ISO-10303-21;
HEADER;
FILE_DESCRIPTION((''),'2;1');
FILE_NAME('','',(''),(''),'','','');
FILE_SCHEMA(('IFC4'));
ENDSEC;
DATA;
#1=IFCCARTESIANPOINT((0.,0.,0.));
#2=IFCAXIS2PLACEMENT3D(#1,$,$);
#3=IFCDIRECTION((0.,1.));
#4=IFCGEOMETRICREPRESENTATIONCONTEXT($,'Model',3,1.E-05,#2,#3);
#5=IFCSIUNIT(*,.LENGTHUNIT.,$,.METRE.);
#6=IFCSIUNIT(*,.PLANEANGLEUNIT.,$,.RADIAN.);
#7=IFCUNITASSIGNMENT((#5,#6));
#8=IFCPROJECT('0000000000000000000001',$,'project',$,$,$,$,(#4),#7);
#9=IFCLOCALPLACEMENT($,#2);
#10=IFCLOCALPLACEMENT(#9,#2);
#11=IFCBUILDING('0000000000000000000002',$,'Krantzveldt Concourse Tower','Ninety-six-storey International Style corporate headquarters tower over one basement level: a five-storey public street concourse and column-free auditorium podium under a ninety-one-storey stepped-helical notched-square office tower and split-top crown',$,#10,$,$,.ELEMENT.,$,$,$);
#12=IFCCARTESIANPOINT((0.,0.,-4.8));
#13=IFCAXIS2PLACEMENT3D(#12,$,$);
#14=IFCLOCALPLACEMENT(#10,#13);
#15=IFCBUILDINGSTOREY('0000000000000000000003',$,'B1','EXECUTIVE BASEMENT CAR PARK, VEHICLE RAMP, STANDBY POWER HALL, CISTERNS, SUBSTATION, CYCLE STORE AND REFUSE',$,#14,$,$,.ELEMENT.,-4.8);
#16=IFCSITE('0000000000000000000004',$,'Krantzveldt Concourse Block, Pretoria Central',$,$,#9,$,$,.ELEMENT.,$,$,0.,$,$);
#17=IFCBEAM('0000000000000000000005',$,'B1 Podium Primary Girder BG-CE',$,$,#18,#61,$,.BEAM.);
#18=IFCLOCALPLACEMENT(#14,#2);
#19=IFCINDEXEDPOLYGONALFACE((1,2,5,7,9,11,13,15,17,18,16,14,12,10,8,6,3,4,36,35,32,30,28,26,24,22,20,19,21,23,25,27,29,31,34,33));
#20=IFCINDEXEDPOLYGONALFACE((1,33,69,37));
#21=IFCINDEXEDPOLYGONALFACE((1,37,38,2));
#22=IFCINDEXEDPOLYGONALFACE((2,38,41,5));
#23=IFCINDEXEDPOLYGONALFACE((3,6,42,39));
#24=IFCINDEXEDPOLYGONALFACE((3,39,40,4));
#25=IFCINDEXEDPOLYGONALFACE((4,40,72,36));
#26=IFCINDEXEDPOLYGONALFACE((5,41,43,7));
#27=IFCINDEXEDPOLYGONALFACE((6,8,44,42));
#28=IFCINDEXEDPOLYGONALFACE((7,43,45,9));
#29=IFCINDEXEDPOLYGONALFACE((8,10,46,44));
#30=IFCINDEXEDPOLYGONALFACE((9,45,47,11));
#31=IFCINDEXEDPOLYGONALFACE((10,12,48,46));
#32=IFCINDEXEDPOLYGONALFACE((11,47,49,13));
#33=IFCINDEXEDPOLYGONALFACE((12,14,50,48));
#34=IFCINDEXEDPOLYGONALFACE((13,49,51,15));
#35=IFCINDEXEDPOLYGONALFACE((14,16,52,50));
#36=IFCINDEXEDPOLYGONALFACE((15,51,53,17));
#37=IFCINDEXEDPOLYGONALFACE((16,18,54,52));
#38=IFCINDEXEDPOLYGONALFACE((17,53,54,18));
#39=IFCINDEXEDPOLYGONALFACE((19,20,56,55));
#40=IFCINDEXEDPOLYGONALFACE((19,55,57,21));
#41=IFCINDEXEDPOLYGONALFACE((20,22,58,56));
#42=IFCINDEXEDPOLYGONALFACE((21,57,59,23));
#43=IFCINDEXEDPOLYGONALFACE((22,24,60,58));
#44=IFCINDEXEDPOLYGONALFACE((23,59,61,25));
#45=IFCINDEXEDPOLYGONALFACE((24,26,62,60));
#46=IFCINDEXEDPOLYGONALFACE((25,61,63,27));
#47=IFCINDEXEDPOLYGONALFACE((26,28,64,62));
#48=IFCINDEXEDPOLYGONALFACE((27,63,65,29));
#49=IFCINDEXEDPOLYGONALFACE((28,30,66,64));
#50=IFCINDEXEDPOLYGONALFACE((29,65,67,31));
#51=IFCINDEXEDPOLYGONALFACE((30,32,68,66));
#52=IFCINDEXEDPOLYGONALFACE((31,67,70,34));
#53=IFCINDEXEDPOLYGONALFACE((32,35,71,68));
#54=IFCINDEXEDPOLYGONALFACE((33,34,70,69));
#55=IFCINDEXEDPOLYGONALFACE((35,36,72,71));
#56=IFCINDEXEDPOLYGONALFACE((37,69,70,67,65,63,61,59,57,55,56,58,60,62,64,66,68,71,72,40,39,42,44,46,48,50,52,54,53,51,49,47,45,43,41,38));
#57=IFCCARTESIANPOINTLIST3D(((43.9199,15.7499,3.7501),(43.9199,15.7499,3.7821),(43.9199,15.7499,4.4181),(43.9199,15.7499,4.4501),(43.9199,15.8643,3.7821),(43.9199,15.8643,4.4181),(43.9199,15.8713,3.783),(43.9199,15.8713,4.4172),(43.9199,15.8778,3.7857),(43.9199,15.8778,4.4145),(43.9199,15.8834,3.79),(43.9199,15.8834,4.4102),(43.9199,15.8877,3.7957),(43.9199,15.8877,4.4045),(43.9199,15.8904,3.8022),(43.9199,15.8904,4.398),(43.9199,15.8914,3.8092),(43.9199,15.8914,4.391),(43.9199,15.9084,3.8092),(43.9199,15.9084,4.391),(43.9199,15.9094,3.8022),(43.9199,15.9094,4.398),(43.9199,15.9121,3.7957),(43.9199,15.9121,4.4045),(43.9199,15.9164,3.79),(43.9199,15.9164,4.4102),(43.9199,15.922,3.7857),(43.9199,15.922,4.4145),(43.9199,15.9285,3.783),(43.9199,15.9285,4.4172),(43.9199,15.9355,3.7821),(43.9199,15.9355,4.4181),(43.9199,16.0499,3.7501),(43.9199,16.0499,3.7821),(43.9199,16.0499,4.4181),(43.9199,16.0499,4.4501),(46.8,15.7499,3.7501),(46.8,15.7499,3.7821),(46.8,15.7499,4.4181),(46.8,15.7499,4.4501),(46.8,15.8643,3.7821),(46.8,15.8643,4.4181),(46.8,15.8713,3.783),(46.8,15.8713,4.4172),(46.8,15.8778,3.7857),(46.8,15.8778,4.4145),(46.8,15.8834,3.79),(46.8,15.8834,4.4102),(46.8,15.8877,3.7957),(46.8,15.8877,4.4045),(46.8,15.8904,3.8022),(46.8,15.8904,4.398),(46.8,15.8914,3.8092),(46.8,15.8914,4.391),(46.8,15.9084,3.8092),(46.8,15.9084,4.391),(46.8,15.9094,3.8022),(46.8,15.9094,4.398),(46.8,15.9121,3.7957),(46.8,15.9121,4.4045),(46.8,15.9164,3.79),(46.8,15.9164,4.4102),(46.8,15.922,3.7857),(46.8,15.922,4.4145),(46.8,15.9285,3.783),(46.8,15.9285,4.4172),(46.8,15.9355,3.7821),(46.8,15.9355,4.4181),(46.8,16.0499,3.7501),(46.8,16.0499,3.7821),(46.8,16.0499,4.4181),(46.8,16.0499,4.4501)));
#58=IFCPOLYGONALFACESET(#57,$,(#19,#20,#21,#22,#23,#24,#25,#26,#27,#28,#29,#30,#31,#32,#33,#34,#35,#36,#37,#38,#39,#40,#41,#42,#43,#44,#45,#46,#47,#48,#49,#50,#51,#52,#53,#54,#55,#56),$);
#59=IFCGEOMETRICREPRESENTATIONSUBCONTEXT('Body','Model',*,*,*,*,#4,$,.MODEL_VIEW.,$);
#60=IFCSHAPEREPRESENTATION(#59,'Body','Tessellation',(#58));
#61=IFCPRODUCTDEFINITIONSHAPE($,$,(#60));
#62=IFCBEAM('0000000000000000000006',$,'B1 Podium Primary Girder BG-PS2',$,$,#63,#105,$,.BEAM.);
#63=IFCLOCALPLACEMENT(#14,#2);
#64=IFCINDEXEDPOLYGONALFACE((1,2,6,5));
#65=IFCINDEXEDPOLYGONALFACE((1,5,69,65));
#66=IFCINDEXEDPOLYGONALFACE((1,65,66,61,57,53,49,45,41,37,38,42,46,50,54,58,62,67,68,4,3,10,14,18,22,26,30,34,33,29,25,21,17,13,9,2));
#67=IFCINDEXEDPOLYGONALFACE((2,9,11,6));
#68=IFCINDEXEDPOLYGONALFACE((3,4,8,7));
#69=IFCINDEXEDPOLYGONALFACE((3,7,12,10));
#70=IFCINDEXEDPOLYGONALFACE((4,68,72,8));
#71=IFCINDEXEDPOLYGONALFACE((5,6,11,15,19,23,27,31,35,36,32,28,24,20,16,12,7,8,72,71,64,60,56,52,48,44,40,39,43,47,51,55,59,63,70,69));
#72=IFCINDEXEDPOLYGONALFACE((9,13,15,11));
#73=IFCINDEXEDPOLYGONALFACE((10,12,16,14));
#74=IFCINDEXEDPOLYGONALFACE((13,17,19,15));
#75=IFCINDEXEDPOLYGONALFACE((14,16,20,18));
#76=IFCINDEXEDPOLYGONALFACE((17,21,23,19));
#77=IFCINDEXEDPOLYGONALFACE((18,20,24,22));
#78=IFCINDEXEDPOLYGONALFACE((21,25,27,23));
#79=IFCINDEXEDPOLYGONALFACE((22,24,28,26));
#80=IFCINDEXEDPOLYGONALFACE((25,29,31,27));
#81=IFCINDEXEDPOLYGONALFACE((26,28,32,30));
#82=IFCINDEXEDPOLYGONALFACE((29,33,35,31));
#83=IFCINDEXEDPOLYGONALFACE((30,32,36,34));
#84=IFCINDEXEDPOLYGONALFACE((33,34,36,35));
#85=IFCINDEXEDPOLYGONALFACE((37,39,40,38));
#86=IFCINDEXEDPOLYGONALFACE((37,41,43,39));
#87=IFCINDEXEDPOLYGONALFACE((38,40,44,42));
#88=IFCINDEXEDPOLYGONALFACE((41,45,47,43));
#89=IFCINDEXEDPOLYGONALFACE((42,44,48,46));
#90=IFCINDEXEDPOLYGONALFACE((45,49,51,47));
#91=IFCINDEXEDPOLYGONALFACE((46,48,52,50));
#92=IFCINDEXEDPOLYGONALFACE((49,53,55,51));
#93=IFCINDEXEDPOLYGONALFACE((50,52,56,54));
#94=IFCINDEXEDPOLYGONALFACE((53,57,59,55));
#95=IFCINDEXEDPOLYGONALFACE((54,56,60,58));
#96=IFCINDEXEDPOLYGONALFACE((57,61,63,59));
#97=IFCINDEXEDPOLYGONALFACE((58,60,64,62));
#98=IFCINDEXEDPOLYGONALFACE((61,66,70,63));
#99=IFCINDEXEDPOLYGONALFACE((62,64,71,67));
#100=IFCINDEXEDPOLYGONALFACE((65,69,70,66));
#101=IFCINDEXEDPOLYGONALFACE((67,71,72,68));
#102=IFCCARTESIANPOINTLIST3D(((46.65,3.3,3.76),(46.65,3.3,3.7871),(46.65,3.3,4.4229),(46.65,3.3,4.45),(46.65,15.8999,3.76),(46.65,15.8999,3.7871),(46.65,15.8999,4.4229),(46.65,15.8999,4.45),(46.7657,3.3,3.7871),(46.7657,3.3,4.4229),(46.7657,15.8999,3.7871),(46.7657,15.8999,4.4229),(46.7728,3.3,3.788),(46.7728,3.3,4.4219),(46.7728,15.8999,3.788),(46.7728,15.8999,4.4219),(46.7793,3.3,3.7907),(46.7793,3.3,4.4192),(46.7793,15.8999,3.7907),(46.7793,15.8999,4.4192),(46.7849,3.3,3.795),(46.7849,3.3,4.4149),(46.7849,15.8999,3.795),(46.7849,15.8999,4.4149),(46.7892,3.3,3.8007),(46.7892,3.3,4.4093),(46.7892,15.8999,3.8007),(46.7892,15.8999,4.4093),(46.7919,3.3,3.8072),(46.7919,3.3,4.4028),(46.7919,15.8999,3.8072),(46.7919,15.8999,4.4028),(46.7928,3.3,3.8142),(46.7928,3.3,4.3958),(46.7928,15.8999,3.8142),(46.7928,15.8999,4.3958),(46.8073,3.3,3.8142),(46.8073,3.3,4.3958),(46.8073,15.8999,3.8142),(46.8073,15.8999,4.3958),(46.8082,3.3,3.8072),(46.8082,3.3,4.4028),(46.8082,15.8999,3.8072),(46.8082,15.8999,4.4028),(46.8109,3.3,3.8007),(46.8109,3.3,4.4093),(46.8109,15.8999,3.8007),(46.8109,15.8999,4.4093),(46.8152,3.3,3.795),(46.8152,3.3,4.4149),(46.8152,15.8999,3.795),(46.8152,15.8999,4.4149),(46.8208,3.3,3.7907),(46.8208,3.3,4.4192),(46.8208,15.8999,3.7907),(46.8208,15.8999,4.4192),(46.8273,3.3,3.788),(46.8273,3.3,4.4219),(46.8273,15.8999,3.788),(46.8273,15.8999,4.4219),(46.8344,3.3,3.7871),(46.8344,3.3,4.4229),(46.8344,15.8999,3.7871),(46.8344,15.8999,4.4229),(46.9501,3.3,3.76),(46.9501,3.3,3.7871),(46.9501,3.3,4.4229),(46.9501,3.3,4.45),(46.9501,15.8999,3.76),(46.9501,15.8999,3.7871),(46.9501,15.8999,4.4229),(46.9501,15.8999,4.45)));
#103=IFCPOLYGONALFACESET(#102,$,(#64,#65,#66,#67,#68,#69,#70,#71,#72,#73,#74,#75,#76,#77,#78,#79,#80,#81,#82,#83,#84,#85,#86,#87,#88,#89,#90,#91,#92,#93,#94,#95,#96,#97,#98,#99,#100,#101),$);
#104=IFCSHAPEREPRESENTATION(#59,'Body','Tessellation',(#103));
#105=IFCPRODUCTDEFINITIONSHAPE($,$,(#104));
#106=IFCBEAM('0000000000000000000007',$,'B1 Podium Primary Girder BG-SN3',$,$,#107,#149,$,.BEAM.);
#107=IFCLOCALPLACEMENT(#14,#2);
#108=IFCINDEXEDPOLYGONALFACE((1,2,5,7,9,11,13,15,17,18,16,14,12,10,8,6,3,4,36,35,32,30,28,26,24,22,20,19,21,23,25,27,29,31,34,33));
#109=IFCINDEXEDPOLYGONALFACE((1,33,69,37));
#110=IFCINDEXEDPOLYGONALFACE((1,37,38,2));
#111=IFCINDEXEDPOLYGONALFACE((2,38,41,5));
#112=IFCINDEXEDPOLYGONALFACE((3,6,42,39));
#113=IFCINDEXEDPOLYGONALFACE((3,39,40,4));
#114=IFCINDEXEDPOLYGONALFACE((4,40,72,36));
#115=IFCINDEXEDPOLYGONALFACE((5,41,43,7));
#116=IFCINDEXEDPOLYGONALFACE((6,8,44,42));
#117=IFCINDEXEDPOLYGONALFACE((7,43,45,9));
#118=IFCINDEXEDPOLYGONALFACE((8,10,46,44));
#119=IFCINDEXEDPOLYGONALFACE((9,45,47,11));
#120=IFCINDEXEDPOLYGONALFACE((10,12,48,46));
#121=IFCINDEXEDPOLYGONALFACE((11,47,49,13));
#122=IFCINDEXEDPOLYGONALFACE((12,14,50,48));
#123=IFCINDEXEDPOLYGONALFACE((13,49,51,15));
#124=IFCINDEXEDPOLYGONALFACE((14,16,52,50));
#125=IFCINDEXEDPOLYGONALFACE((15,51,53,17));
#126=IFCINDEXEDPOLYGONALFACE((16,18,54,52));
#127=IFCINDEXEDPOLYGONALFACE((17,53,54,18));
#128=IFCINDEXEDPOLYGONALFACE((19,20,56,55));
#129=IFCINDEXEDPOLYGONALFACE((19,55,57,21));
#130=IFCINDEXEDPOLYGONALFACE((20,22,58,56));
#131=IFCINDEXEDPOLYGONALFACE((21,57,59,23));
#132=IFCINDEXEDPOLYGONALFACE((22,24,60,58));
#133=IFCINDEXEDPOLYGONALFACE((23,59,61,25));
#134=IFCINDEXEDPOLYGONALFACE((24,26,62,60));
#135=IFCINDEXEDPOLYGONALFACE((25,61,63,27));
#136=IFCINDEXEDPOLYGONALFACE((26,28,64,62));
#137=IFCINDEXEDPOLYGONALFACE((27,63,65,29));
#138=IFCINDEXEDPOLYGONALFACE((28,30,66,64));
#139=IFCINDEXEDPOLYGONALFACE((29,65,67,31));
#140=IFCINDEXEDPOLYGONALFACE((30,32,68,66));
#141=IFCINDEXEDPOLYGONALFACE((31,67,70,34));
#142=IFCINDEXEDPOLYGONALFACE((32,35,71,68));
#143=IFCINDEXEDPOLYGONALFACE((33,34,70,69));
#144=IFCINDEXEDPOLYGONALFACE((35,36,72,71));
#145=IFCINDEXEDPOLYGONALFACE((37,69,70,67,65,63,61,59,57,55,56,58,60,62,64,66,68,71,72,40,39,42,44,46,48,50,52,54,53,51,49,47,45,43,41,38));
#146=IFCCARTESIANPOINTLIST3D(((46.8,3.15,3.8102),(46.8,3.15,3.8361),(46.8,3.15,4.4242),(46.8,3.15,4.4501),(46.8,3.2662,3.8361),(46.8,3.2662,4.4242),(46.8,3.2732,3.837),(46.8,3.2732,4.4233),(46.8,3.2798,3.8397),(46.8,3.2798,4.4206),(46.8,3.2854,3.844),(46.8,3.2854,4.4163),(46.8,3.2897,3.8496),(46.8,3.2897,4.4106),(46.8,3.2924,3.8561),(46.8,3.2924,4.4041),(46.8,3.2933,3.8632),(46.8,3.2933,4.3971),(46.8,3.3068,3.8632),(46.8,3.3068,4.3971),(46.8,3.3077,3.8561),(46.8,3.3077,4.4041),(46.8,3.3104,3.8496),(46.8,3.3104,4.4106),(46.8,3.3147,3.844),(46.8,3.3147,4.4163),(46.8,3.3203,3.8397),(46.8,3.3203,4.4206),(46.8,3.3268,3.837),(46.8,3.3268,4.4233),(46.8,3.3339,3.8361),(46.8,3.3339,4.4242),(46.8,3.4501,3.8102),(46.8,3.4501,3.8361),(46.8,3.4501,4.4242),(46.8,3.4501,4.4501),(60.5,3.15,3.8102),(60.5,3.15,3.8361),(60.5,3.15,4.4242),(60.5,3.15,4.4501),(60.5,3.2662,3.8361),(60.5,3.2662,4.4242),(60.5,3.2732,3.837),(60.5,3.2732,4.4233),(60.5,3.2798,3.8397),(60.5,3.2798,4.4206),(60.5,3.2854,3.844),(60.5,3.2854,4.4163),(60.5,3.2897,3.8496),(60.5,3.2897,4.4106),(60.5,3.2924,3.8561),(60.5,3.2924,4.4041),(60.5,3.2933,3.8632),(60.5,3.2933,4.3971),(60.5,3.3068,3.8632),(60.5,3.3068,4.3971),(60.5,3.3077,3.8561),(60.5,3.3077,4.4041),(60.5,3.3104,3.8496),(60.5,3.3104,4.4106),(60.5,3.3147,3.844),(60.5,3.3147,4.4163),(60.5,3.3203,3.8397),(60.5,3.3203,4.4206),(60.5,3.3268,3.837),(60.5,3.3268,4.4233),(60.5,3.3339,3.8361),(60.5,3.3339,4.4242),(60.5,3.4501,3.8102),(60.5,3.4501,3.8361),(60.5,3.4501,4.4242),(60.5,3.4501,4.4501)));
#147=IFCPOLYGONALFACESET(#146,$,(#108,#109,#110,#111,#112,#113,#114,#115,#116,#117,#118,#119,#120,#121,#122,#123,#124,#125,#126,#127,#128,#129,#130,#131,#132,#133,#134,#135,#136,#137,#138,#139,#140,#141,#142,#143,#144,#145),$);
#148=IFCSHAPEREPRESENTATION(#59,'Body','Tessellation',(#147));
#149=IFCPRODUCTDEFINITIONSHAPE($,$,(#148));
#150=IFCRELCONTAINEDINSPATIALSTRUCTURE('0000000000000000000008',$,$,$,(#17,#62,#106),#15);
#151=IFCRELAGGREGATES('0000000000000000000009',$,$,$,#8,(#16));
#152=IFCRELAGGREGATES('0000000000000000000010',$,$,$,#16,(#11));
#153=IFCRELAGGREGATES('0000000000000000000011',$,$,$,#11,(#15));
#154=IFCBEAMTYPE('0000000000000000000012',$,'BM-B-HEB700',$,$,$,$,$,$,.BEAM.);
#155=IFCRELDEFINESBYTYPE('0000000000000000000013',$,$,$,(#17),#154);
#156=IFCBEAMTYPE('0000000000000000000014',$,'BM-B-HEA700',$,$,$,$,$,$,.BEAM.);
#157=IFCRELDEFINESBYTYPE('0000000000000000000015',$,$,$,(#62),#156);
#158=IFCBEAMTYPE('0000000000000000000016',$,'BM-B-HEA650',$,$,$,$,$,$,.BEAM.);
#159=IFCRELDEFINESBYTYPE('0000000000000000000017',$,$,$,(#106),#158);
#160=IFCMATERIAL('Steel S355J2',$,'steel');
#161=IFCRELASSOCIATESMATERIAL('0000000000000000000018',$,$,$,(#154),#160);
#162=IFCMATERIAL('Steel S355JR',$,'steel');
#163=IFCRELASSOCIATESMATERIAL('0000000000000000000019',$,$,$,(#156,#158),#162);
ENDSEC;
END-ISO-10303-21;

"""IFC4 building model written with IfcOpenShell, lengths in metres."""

from ifc_helpers import new_model, si_unit, direction, frame, origin, origin_2d, place, context, subcontext, project, spatial, i_section, extrude, source, transform, mapped, material, material_profile, profile_set, type_object, type_shapes, element, save


model = new_model("IFC4")

# Units and contexts
model_context = context("Model", 3, precision=1e-05, world=origin(), true_north=direction((0.0, 1.0)))
body_context = subcontext(model_context, "Body", "Model", "MODEL_VIEW")
ifc_project = project(units=[si_unit("LENGTHUNIT", "METRE"), si_unit("PLANEANGLEUNIT", "RADIAN")], contexts=[model_context])

# Site, building, storey
site_placement = place(None, origin())
site = spatial("IfcSite", under=ifc_project, at=site_placement, Name="Krantzveldt Concourse Block, Pretoria Central", CompositionType="ELEMENT", RefElevation=0.0)
building_placement = place(site_placement, origin())
building = spatial("IfcBuilding", under=site, at=building_placement, Name="Krantzveldt Concourse Tower", Description="Ninety-six-storey International Style corporate headquarters tower over one basement level: a five-storey public street concourse and column-free auditorium podium under a ninety-one-storey stepped-helical notched-square office tower and split-top crown", CompositionType="ELEMENT")
storey_placement = place(building_placement, frame((0.0, 0.0, -4.8)))
storey = spatial("IfcBuildingStorey", under=building, at=storey_placement, Name="B1", Description="EXECUTIVE BASEMENT CAR PARK, VEHICLE RAMP, STANDBY POWER HALL, CISTERNS, SUBSTATION, CYCLE STORE AND REFUSE", CompositionType="ELEMENT", Elevation=-4.8)

# Beams
ifc_material_1 = material(Name="Steel S355J2", Category="steel")
ifc_material_profile_1 = material_profile(ifc_material_1, i_section(OverallWidth=0.3, OverallDepth=0.7, WebThickness=0.0171, FlangeThickness=0.032, FilletRadius=0.0271, at=origin_2d()), Name="Steel S355J2", Category="steel")
ifc_profile_set_1 = profile_set([ifc_material_profile_1], Name="Steel S355J2 - HEB 700")
beam_type_1 = type_object("IfcBeamType", Name="BM-B-HEB700", PredefinedType="BEAM", material=ifc_profile_set_1)
shared_shape_1 = source(origin(), body_context, "Body", "SweptSolid", [
    extrude(i_section(OverallWidth=0.3, OverallDepth=0.7, WebThickness=0.0171, FlangeThickness=0.032, FilletRadius=0.0271, at=origin_2d()), origin(), (0.0, 0.0, 1.0), 2.8801),
])
type_shapes(beam_type_1, [shared_shape_1])
beam_1_placement = place(storey_placement, frame((43.9199, 15.8999, 4.1001), z_axis=(1.0, 0.0, 0.0), x_axis=(0.0, 1.0, 0.0)))
element("IfcBeam", 1, at=beam_1_placement, inside=storey, type_object=beam_type_1, Name="B1 Podium Primary Girder BG-CE", PredefinedType="BEAM", context=body_context, shape_type="MappedRepresentation", body=[
    mapped(shared_shape_1, transform((0.0, 0.0, 0.0), x_axis=(1.0, 0.0, 0.0), y_axis=(0.0, 1.0, 0.0), z_axis=(0.0, 0.0, 1.0), scale=1.0)),
])
ifc_material_2 = material(Name="Steel S355JR", Category="steel")
ifc_material_profile_2 = material_profile(ifc_material_2, i_section(OverallWidth=0.3, OverallDepth=0.6899, WebThickness=0.0144, FlangeThickness=0.0271, FilletRadius=0.0271, at=origin_2d()), Name="Steel S355JR", Category="steel")
ifc_profile_set_2 = profile_set([ifc_material_profile_2], Name="Steel S355JR - HEA 700")
beam_type_2 = type_object("IfcBeamType", Name="BM-B-HEA700", PredefinedType="BEAM", material=ifc_profile_set_2)
shared_shape_2 = source(origin(), body_context, "Body", "SweptSolid", [
    extrude(i_section(OverallWidth=0.3, OverallDepth=0.6899, WebThickness=0.0144, FlangeThickness=0.0271, FilletRadius=0.0271, at=origin_2d()), origin(), (0.0, 0.0, 1.0), 12.5999),
])
type_shapes(beam_type_2, [shared_shape_2])
beam_2_placement = place(storey_placement, frame((46.8, 3.3, 4.105), z_axis=(0.0, 1.0, 0.0), x_axis=(-1.0, 0.0, 0.0)))
element("IfcBeam", 2, at=beam_2_placement, inside=storey, type_object=beam_type_2, Name="B1 Podium Primary Girder BG-PS2", PredefinedType="BEAM", context=body_context, shape_type="MappedRepresentation", body=[
    mapped(shared_shape_2, transform((0.0, 0.0, 0.0), x_axis=(1.0, 0.0, 0.0), y_axis=(0.0, 1.0, 0.0), z_axis=(0.0, 0.0, 1.0), scale=1.0)),
])
ifc_material_profile_3 = material_profile(ifc_material_2, i_section(OverallWidth=0.3, OverallDepth=0.6399, WebThickness=0.0134, FlangeThickness=0.0259, FilletRadius=0.0271, at=origin_2d()), Name="Steel S355JR", Category="steel")
ifc_profile_set_3 = profile_set([ifc_material_profile_3], Name="Steel S355JR - HEA 650")
beam_type_3 = type_object("IfcBeamType", Name="BM-B-HEA650", PredefinedType="BEAM", material=ifc_profile_set_3)
shared_shape_3 = source(origin(), body_context, "Body", "SweptSolid", [
    extrude(i_section(OverallWidth=0.3, OverallDepth=0.6399, WebThickness=0.0134, FlangeThickness=0.0259, FilletRadius=0.0271, at=origin_2d()), origin(), (0.0, 0.0, 1.0), 13.7),
])
type_shapes(beam_type_3, [shared_shape_3])
beam_3_placement = place(storey_placement, frame((46.8, 3.3, 4.1301), z_axis=(1.0, 0.0, 0.0), x_axis=(0.0, 1.0, 0.0)))
element("IfcBeam", 3, at=beam_3_placement, inside=storey, type_object=beam_type_3, Name="B1 Podium Primary Girder BG-SN3", PredefinedType="BEAM", context=body_context, shape_type="MappedRepresentation", body=[
    mapped(shared_shape_3, transform((0.0, 0.0, 0.0), x_axis=(1.0, 0.0, 0.0), y_axis=(0.0, 1.0, 0.0), z_axis=(0.0, 0.0, 1.0), scale=1.0)),
])

save(model, "model.ifc")
